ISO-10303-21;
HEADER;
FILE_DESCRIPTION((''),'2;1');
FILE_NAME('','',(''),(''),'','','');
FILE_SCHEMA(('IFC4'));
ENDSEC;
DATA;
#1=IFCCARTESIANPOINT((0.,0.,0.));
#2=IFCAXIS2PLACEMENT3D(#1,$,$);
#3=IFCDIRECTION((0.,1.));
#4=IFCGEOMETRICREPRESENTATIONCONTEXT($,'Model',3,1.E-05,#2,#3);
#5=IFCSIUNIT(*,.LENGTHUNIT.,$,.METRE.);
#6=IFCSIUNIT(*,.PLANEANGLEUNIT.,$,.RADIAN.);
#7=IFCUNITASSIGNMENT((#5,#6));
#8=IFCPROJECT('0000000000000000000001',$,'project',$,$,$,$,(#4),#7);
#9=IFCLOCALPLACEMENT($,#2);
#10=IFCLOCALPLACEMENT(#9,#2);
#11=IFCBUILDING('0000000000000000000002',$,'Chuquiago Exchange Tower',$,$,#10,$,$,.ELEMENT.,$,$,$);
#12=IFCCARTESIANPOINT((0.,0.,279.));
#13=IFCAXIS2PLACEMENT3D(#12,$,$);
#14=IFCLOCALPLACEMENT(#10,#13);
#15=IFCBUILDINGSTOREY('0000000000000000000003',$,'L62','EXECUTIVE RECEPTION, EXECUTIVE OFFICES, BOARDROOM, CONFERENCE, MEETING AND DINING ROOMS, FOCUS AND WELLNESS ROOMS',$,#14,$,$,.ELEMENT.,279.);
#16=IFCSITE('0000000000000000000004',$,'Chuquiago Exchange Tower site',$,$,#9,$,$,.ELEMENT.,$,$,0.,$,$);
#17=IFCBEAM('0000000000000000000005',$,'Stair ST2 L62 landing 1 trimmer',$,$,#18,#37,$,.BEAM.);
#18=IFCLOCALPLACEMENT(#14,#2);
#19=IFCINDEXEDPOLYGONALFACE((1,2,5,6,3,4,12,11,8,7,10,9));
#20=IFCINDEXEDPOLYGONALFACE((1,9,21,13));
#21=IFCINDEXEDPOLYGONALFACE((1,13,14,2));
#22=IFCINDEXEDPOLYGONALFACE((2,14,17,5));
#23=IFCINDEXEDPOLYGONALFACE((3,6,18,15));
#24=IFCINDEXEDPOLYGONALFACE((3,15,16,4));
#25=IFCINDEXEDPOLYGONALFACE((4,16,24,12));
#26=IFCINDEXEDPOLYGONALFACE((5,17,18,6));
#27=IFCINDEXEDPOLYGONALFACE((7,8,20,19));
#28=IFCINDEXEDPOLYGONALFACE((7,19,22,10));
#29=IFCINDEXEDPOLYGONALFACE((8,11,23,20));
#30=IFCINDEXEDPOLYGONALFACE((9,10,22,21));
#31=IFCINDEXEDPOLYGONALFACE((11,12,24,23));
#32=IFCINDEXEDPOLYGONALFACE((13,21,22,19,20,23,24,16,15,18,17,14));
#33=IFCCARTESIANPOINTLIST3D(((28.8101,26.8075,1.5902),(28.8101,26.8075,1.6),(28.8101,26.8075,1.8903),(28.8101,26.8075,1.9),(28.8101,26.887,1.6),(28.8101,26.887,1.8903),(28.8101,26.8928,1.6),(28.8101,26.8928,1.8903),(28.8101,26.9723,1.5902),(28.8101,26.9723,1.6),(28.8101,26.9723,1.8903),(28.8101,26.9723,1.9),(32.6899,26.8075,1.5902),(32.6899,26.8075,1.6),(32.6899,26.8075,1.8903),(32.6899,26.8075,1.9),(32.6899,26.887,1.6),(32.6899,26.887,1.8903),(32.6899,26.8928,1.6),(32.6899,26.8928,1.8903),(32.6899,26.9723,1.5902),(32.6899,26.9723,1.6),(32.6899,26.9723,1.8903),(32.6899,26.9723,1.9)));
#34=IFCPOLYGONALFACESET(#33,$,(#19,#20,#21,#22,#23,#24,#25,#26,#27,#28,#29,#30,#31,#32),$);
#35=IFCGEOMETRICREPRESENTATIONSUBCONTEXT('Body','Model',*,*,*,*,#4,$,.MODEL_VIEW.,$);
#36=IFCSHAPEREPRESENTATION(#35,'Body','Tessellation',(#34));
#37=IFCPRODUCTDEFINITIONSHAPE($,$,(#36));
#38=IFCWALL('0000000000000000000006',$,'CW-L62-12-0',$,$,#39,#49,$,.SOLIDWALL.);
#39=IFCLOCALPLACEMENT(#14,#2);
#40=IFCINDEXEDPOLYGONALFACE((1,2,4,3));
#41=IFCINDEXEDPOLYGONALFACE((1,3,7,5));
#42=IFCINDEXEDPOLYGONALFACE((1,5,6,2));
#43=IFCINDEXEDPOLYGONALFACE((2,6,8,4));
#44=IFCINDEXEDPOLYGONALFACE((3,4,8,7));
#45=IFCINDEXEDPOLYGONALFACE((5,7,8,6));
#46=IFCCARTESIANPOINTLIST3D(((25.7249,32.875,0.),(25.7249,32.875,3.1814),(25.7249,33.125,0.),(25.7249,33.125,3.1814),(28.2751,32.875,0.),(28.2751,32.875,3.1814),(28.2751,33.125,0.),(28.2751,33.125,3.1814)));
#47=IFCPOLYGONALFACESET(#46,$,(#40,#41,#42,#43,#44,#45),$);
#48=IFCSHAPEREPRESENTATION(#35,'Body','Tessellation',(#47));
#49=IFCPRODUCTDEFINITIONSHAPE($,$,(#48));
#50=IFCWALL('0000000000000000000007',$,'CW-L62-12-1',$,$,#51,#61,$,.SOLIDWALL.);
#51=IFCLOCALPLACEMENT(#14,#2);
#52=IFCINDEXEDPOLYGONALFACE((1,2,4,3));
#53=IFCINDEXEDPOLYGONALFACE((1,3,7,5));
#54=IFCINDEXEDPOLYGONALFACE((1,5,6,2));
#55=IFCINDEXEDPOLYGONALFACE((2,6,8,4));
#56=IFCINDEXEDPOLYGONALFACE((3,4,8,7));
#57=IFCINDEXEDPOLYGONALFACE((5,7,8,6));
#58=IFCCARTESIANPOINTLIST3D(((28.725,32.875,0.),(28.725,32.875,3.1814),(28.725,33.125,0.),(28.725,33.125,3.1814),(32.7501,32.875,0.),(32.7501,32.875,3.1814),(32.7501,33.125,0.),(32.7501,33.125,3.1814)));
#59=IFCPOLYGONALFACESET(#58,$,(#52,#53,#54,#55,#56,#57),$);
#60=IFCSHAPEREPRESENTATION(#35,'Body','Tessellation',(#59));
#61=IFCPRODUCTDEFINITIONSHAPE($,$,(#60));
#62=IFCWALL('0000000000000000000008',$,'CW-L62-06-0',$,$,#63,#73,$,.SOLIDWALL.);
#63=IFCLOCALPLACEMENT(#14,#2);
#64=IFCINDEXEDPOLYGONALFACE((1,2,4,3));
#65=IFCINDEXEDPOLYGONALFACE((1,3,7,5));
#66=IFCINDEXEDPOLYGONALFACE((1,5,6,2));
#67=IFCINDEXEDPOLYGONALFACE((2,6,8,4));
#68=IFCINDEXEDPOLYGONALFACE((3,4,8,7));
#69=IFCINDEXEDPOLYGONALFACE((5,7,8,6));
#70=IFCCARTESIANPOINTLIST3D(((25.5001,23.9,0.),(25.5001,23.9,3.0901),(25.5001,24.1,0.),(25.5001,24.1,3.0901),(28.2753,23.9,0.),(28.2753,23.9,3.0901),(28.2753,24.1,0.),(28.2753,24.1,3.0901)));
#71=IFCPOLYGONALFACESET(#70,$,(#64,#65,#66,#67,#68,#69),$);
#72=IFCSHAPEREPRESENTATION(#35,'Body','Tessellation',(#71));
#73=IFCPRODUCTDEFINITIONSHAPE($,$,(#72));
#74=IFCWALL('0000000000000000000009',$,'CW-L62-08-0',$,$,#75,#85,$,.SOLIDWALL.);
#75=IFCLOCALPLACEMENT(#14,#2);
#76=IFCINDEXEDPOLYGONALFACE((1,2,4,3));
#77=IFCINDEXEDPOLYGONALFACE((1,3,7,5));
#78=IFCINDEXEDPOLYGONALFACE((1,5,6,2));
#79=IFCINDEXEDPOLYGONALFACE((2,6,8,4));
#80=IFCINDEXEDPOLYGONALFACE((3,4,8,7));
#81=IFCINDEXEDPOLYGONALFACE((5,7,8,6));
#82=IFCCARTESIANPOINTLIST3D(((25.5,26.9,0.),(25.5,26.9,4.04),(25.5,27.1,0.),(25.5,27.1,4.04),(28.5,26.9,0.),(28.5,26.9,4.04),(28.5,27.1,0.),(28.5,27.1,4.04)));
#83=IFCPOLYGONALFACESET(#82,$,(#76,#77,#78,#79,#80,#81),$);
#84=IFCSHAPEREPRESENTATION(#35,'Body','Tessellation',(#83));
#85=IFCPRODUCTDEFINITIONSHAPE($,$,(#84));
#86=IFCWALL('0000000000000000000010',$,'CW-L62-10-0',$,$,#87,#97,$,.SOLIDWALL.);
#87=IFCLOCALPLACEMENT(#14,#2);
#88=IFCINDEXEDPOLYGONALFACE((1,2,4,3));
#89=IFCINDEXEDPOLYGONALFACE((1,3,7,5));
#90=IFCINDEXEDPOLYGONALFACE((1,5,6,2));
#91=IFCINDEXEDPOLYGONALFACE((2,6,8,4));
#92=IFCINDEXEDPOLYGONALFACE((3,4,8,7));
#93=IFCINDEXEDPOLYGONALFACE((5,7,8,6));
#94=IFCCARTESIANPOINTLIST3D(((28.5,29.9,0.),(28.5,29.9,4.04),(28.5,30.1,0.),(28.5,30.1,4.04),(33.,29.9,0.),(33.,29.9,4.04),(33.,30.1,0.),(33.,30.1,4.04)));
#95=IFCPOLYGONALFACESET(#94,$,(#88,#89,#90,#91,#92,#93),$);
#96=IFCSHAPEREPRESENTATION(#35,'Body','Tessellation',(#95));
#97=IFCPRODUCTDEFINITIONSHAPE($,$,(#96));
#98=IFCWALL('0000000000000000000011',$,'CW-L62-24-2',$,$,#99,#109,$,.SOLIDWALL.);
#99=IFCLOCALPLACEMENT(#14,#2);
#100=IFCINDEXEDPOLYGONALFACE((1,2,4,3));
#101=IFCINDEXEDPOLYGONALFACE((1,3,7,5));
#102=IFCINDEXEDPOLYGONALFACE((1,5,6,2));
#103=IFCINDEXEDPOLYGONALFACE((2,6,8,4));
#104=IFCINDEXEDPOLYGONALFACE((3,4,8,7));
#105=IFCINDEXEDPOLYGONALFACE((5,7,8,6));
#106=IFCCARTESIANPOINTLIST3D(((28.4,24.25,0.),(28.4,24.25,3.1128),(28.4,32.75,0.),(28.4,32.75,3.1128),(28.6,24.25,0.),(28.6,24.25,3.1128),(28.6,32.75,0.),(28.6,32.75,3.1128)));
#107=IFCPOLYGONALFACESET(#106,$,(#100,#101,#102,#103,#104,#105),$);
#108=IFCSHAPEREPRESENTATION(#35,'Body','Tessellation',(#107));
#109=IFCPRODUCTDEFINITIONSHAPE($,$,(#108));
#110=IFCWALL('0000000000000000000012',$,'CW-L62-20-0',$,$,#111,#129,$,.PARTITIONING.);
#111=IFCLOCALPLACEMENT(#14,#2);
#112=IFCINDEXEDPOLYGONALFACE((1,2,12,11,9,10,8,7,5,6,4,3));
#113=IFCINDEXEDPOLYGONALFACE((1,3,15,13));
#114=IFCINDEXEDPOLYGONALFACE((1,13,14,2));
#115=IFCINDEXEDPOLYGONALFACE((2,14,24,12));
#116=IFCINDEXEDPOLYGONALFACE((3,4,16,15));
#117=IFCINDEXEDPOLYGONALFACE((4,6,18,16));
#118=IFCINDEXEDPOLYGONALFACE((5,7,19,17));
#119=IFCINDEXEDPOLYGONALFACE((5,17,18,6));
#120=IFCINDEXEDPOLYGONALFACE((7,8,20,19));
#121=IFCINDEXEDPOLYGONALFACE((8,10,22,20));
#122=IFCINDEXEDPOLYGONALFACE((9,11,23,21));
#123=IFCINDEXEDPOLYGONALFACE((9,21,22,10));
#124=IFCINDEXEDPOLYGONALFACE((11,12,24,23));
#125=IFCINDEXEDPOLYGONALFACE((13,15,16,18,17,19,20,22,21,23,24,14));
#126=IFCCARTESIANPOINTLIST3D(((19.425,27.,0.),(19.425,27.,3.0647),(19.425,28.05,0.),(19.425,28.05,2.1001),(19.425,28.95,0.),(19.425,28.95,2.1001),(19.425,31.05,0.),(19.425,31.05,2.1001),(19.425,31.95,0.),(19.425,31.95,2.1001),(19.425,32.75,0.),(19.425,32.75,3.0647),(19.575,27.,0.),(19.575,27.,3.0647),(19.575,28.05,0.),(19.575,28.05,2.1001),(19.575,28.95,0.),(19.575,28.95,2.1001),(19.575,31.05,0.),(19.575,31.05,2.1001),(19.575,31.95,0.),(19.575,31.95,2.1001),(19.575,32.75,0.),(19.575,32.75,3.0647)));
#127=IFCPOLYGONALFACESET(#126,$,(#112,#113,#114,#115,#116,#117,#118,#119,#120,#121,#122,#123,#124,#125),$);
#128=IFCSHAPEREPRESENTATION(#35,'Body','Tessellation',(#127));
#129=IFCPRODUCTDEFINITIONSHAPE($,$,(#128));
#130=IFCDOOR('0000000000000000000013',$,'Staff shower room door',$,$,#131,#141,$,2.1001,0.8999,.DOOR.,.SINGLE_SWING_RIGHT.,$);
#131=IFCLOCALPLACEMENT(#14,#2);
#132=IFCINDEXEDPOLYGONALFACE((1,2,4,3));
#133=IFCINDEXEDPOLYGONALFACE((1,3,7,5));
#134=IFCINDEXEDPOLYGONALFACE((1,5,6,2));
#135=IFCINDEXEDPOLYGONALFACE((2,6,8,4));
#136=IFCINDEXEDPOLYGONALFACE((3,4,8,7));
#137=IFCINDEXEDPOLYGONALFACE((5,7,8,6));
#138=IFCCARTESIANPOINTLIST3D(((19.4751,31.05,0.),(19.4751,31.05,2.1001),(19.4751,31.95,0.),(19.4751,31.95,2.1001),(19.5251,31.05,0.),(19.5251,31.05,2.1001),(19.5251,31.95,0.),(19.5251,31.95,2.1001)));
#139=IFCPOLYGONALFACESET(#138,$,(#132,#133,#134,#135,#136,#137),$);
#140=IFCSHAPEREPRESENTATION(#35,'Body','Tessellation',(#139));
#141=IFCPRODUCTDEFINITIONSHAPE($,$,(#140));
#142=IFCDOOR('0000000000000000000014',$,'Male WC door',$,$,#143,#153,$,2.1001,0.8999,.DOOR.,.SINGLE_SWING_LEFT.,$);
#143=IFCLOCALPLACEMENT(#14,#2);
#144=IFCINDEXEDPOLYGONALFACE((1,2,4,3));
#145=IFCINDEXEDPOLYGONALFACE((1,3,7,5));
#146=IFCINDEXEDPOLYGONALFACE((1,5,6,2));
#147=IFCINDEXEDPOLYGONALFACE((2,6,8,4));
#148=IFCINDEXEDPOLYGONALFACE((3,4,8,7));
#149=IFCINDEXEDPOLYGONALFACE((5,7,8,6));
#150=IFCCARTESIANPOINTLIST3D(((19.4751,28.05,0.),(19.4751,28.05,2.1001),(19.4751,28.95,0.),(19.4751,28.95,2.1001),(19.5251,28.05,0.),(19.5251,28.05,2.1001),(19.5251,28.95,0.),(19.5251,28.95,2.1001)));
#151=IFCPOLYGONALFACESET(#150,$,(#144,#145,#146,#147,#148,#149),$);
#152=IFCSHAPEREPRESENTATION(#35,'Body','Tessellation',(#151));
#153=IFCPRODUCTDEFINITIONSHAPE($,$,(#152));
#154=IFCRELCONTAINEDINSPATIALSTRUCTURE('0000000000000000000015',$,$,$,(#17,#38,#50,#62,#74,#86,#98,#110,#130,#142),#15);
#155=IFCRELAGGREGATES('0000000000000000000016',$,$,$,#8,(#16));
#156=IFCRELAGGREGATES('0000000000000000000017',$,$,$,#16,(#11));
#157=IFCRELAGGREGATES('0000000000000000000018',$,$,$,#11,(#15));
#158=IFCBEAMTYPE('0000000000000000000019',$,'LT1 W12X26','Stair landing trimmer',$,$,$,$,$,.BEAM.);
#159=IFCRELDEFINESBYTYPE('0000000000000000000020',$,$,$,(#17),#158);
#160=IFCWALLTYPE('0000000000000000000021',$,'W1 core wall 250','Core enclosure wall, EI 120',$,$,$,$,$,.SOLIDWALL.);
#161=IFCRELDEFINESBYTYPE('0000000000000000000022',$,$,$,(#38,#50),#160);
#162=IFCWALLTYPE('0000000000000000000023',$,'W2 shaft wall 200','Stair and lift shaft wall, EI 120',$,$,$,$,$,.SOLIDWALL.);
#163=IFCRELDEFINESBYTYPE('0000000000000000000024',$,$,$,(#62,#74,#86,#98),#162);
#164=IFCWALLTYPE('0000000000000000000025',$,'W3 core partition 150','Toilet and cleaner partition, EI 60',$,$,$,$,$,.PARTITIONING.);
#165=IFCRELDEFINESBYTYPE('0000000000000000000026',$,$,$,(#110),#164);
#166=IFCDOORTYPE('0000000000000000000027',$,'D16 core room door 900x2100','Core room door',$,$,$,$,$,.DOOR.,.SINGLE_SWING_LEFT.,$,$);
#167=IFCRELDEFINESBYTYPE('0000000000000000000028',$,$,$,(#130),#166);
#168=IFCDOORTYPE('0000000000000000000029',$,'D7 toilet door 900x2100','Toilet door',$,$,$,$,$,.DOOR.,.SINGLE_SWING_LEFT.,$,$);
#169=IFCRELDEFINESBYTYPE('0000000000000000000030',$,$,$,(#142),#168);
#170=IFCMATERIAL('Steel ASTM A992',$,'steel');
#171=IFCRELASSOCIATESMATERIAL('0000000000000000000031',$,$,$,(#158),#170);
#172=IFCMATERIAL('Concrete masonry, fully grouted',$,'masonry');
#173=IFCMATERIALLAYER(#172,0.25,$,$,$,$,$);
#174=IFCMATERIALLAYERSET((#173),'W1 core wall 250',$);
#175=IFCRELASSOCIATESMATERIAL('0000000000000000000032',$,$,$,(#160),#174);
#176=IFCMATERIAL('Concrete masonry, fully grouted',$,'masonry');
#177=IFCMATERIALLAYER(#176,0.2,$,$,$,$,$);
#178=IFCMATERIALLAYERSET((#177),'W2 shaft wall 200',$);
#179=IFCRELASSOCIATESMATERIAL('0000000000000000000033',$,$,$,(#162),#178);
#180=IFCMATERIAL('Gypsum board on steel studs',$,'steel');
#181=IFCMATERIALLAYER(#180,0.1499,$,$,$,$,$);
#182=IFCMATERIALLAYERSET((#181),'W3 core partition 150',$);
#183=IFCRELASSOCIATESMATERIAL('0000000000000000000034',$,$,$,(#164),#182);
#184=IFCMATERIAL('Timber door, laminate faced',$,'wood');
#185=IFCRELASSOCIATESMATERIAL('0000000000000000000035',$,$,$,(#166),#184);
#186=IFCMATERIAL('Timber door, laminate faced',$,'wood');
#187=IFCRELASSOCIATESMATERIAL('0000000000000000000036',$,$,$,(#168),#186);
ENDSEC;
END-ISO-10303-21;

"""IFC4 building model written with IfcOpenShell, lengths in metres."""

from ifc_helpers import new_model, si_unit, direction, frame, frame_2d, origin, origin_2d, place, context, subcontext, project, spatial, rectangle, i_section, extrude, material, layer, layer_set, material_profile, profile_set, type_object, element, fill, save


model = new_model("IFC4")

# Units and contexts
model_context = context("Model", 3, precision=1e-05, world=origin(), true_north=direction((0.0, 1.0)))
body_context = subcontext(model_context, "Body", "Model", "MODEL_VIEW")
ifc_project = project(units=[si_unit("LENGTHUNIT", "METRE"), si_unit("PLANEANGLEUNIT", "RADIAN")], contexts=[model_context])

# Site, building, storey
site_placement = place(None, origin())
site = spatial("IfcSite", under=ifc_project, at=site_placement, Name="Chuquiago Exchange Tower site", CompositionType="ELEMENT", RefElevation=0.0)
building_placement = place(site_placement, origin())
building = spatial("IfcBuilding", under=site, at=building_placement, Name="Chuquiago Exchange Tower", CompositionType="ELEMENT")
storey_placement = place(building_placement, frame((0.0, 0.0, 279.0)))
storey = spatial("IfcBuildingStorey", under=building, at=storey_placement, Name="L62", Description="EXECUTIVE RECEPTION, EXECUTIVE OFFICES, BOARDROOM, CONFERENCE, MEETING AND DINING ROOMS, FOCUS AND WELLNESS ROOMS", CompositionType="ELEMENT", Elevation=279.0)

# Beam
ifc_material_1 = material(Name="Steel ASTM A992", Category="steel")
ifc_material_profile_1 = material_profile(ifc_material_1, i_section(OverallWidth=0.1648, OverallDepth=0.3098, WebThickness=0.0059, FlangeThickness=0.0098, at=origin_2d()), Name="W12X26")
ifc_profile_set_1 = profile_set([ifc_material_profile_1], Name="Steel ASTM A992")
beam_type_1 = type_object("IfcBeamType", Name="LT1 W12X26", Description="Stair landing trimmer", PredefinedType="BEAM", material=ifc_profile_set_1)
for number, where, z_axis, x_axis, name in (
    (1, (28.8101, 26.8899, 1.7451), (1.0, 0.0, 0.0), (0.0, 1.0, 0.0), "Stair ST2 L62 landing 1 trimmer"),
):
    element("IfcBeam", number, at=place(storey_placement, frame(where, z_axis=z_axis, x_axis=x_axis)), inside=storey, type_object=beam_type_1, Name=name, PredefinedType="BEAM", context=body_context, shape_type="SweptSolid", body=[
        extrude(i_section(OverallWidth=0.1648, OverallDepth=0.3098, WebThickness=0.0059, FlangeThickness=0.0098, at=origin_2d()), origin(), (0.0, 0.0, 1.0), 3.8799),
    ])

# Walls
ifc_material_2 = material(Name="Concrete masonry, fully grouted", Category="masonry")
ifc_layer_1 = layer(ifc_material_2, 0.25)
ifc_layer_set_1 = layer_set([ifc_layer_1], Name="W1 core wall 250")
wall_type_1 = type_object("IfcWallType", Name="W1 core wall 250", Description="Core enclosure wall, EI 120", PredefinedType="SOLIDWALL", material=ifc_layer_set_1)
wall_1_placement = place(storey_placement, frame((25.7249, 33.0, 0.0), z_axis=(0.0, 0.0, 1.0), x_axis=(1.0, 0.0, 0.0)))
element("IfcWall", 2, at=wall_1_placement, inside=storey, type_object=wall_type_1, Name="CW-L62-12-0", PredefinedType="SOLIDWALL", context=body_context, shape_type="SweptSolid", body=[
    extrude(rectangle(XDim=2.5503, YDim=0.25, at=frame_2d((1.2751, 0.0))), origin(), (0.0, 0.0, 1.0), 3.1814),
])
wall_2_placement = place(storey_placement, frame((28.7249, 33.0, 0.0), z_axis=(0.0, 0.0, 1.0), x_axis=(1.0, 0.0, 0.0)))
element("IfcWall", 3, at=wall_2_placement, inside=storey, type_object=wall_type_1, Name="CW-L62-12-1", PredefinedType="SOLIDWALL", context=body_context, shape_type="SweptSolid", body=[
    extrude(rectangle(XDim=4.0251, YDim=0.25, at=frame_2d((2.0127, 0.0))), origin(), (0.0, 0.0, 1.0), 3.1814),
])
ifc_material_3 = material(Name="Concrete masonry, fully grouted", Category="masonry")
ifc_layer_2 = layer(ifc_material_3, 0.2)
ifc_layer_set_2 = layer_set([ifc_layer_2], Name="W2 shaft wall 200")
wall_type_2 = type_object("IfcWallType", Name="W2 shaft wall 200", Description="Stair and lift shaft wall, EI 120", PredefinedType="SOLIDWALL", material=ifc_layer_set_2)
wall_3_placement = place(storey_placement, frame((25.5, 24.0, 0.0), z_axis=(0.0, 0.0, 1.0), x_axis=(1.0, 0.0, 0.0)))
element("IfcWall", 4, at=wall_3_placement, inside=storey, type_object=wall_type_2, Name="CW-L62-06-0", PredefinedType="SOLIDWALL", context=body_context, shape_type="SweptSolid", body=[
    extrude(rectangle(XDim=2.7751, YDim=0.2, at=frame_2d((1.3877, 0.0))), origin(), (0.0, 0.0, 1.0), 3.0901),
])
wall_4_placement = place(storey_placement, frame((25.5, 27.0, 0.0), z_axis=(0.0, 0.0, 1.0), x_axis=(1.0, 0.0, 0.0)))
element("IfcWall", 5, at=wall_4_placement, inside=storey, type_object=wall_type_2, Name="CW-L62-08-0", PredefinedType="SOLIDWALL", context=body_context, shape_type="SweptSolid", body=[
    extrude(rectangle(XDim=3.0, YDim=0.2, at=frame_2d((1.5, 0.0))), origin(), (0.0, 0.0, 1.0), 4.04),
])
wall_5_placement = place(storey_placement, frame((28.5, 30.0, 0.0), z_axis=(0.0, 0.0, 1.0), x_axis=(1.0, 0.0, 0.0)))
element("IfcWall", 6, at=wall_5_placement, inside=storey, type_object=wall_type_2, Name="CW-L62-10-0", PredefinedType="SOLIDWALL", context=body_context, shape_type="SweptSolid", body=[
    extrude(rectangle(XDim=4.5, YDim=0.2, at=frame_2d((2.25, 0.0))), origin(), (0.0, 0.0, 1.0), 4.04),
])
wall_6_placement = place(storey_placement, frame((28.5, 24.25, 0.0), z_axis=(0.0, 0.0, 1.0), x_axis=(0.0, 1.0, 0.0)))
element("IfcWall", 7, at=wall_6_placement, inside=storey, type_object=wall_type_2, Name="CW-L62-24-2", PredefinedType="SOLIDWALL", context=body_context, shape_type="SweptSolid", body=[
    extrude(rectangle(XDim=8.5, YDim=0.2, at=frame_2d((4.25, 0.0))), origin(), (0.0, 0.0, 1.0), 3.1128),
])

# Wall, openings, doors
ifc_material_4 = material(Name="Gypsum board on steel studs", Category="steel")
ifc_layer_3 = layer(ifc_material_4, 0.1499)
ifc_layer_set_3 = layer_set([ifc_layer_3], Name="W3 core partition 150")
wall_type_3 = type_object("IfcWallType", Name="W3 core partition 150", Description="Toilet and cleaner partition, EI 60", PredefinedType="PARTITIONING", material=ifc_layer_set_3)
wall_7_placement = place(storey_placement, frame((19.5, 27.0, 0.0), z_axis=(0.0, 0.0, 1.0), x_axis=(0.0, 1.0, 0.0)))
wall_7 = element("IfcWall", 8, at=wall_7_placement, inside=storey, type_object=wall_type_3, Name="CW-L62-20-0", PredefinedType="PARTITIONING", context=body_context, shape_type="SweptSolid", body=[
    extrude(rectangle(XDim=5.75, YDim=0.1499, at=frame_2d((2.875, 0.0))), origin(), (0.0, 0.0, 1.0), 3.0647),
])
opening_1_placement = place(wall_7_placement, frame((1.05, 0.0, 0.0)))
opening_1 = element("IfcOpeningElement", 9, at=opening_1_placement, cuts=wall_7, PredefinedType="OPENING", context=body_context, shape_type="SweptSolid", body=[
    extrude(rectangle(XDim=0.8999, YDim=2.1001, at=frame_2d((0.45, 1.05))), frame((0.0, 0.085, 0.0), z_axis=(0.0, -1.0, 0.0), x_axis=(1.0, 0.0, 0.0)), (0.0, 0.0, 1.0), 0.1699),
])
opening_2_placement = place(wall_7_placement, frame((4.05, 0.0, 0.0)))
opening_2 = element("IfcOpeningElement", 10, at=opening_2_placement, cuts=wall_7, PredefinedType="OPENING", context=body_context, shape_type="SweptSolid", body=[
    extrude(rectangle(XDim=0.8999, YDim=2.1001, at=frame_2d((0.45, 1.05))), frame((0.0, 0.085, 0.0), z_axis=(0.0, -1.0, 0.0), x_axis=(1.0, 0.0, 0.0)), (0.0, 0.0, 1.0), 0.1699),
])
ifc_material_5 = material(Name="Timber door, laminate faced", Category="wood")
door_type_1 = type_object("IfcDoorType", Name="D16 core room door 900x2100", Description="Core room door", OperationType="SINGLE_SWING_LEFT", PredefinedType="DOOR", material=ifc_material_5)
door_1_placement = place(opening_2_placement, origin())
door_1 = element("IfcDoor", 11, at=door_1_placement, inside=storey, type_object=door_type_1, Name="Staff shower room door", OperationType="SINGLE_SWING_RIGHT", OverallHeight=2.1001, OverallWidth=0.8999, PredefinedType="DOOR", context=body_context, shape_type="SweptSolid", body=[
    extrude(rectangle(XDim=0.8999, YDim=2.1001, at=frame_2d((0.45, 1.05))), frame((0.0, 0.0249, 0.0), z_axis=(0.0, -1.0, 0.0), x_axis=(1.0, 0.0, 0.0)), (0.0, 0.0, 1.0), 0.05),
])
fill(opening_2, door_1)
ifc_material_6 = material(Name="Timber door, laminate faced", Category="wood")
door_type_2 = type_object("IfcDoorType", Name="D7 toilet door 900x2100", Description="Toilet door", OperationType="SINGLE_SWING_LEFT", PredefinedType="DOOR", material=ifc_material_6)
door_2_placement = place(opening_1_placement, origin())
door_2 = element("IfcDoor", 12, at=door_2_placement, inside=storey, type_object=door_type_2, Name="Male WC door", OperationType="SINGLE_SWING_LEFT", OverallHeight=2.1001, OverallWidth=0.8999, PredefinedType="DOOR", context=body_context, shape_type="SweptSolid", body=[
    extrude(rectangle(XDim=0.8999, YDim=2.1001, at=frame_2d((0.45, 1.05))), frame((0.0, 0.0249, 0.0), z_axis=(0.0, -1.0, 0.0), x_axis=(1.0, 0.0, 0.0)), (0.0, 0.0, 1.0), 0.05),
])
fill(opening_1, door_2)

save(model, "model.ifc")
